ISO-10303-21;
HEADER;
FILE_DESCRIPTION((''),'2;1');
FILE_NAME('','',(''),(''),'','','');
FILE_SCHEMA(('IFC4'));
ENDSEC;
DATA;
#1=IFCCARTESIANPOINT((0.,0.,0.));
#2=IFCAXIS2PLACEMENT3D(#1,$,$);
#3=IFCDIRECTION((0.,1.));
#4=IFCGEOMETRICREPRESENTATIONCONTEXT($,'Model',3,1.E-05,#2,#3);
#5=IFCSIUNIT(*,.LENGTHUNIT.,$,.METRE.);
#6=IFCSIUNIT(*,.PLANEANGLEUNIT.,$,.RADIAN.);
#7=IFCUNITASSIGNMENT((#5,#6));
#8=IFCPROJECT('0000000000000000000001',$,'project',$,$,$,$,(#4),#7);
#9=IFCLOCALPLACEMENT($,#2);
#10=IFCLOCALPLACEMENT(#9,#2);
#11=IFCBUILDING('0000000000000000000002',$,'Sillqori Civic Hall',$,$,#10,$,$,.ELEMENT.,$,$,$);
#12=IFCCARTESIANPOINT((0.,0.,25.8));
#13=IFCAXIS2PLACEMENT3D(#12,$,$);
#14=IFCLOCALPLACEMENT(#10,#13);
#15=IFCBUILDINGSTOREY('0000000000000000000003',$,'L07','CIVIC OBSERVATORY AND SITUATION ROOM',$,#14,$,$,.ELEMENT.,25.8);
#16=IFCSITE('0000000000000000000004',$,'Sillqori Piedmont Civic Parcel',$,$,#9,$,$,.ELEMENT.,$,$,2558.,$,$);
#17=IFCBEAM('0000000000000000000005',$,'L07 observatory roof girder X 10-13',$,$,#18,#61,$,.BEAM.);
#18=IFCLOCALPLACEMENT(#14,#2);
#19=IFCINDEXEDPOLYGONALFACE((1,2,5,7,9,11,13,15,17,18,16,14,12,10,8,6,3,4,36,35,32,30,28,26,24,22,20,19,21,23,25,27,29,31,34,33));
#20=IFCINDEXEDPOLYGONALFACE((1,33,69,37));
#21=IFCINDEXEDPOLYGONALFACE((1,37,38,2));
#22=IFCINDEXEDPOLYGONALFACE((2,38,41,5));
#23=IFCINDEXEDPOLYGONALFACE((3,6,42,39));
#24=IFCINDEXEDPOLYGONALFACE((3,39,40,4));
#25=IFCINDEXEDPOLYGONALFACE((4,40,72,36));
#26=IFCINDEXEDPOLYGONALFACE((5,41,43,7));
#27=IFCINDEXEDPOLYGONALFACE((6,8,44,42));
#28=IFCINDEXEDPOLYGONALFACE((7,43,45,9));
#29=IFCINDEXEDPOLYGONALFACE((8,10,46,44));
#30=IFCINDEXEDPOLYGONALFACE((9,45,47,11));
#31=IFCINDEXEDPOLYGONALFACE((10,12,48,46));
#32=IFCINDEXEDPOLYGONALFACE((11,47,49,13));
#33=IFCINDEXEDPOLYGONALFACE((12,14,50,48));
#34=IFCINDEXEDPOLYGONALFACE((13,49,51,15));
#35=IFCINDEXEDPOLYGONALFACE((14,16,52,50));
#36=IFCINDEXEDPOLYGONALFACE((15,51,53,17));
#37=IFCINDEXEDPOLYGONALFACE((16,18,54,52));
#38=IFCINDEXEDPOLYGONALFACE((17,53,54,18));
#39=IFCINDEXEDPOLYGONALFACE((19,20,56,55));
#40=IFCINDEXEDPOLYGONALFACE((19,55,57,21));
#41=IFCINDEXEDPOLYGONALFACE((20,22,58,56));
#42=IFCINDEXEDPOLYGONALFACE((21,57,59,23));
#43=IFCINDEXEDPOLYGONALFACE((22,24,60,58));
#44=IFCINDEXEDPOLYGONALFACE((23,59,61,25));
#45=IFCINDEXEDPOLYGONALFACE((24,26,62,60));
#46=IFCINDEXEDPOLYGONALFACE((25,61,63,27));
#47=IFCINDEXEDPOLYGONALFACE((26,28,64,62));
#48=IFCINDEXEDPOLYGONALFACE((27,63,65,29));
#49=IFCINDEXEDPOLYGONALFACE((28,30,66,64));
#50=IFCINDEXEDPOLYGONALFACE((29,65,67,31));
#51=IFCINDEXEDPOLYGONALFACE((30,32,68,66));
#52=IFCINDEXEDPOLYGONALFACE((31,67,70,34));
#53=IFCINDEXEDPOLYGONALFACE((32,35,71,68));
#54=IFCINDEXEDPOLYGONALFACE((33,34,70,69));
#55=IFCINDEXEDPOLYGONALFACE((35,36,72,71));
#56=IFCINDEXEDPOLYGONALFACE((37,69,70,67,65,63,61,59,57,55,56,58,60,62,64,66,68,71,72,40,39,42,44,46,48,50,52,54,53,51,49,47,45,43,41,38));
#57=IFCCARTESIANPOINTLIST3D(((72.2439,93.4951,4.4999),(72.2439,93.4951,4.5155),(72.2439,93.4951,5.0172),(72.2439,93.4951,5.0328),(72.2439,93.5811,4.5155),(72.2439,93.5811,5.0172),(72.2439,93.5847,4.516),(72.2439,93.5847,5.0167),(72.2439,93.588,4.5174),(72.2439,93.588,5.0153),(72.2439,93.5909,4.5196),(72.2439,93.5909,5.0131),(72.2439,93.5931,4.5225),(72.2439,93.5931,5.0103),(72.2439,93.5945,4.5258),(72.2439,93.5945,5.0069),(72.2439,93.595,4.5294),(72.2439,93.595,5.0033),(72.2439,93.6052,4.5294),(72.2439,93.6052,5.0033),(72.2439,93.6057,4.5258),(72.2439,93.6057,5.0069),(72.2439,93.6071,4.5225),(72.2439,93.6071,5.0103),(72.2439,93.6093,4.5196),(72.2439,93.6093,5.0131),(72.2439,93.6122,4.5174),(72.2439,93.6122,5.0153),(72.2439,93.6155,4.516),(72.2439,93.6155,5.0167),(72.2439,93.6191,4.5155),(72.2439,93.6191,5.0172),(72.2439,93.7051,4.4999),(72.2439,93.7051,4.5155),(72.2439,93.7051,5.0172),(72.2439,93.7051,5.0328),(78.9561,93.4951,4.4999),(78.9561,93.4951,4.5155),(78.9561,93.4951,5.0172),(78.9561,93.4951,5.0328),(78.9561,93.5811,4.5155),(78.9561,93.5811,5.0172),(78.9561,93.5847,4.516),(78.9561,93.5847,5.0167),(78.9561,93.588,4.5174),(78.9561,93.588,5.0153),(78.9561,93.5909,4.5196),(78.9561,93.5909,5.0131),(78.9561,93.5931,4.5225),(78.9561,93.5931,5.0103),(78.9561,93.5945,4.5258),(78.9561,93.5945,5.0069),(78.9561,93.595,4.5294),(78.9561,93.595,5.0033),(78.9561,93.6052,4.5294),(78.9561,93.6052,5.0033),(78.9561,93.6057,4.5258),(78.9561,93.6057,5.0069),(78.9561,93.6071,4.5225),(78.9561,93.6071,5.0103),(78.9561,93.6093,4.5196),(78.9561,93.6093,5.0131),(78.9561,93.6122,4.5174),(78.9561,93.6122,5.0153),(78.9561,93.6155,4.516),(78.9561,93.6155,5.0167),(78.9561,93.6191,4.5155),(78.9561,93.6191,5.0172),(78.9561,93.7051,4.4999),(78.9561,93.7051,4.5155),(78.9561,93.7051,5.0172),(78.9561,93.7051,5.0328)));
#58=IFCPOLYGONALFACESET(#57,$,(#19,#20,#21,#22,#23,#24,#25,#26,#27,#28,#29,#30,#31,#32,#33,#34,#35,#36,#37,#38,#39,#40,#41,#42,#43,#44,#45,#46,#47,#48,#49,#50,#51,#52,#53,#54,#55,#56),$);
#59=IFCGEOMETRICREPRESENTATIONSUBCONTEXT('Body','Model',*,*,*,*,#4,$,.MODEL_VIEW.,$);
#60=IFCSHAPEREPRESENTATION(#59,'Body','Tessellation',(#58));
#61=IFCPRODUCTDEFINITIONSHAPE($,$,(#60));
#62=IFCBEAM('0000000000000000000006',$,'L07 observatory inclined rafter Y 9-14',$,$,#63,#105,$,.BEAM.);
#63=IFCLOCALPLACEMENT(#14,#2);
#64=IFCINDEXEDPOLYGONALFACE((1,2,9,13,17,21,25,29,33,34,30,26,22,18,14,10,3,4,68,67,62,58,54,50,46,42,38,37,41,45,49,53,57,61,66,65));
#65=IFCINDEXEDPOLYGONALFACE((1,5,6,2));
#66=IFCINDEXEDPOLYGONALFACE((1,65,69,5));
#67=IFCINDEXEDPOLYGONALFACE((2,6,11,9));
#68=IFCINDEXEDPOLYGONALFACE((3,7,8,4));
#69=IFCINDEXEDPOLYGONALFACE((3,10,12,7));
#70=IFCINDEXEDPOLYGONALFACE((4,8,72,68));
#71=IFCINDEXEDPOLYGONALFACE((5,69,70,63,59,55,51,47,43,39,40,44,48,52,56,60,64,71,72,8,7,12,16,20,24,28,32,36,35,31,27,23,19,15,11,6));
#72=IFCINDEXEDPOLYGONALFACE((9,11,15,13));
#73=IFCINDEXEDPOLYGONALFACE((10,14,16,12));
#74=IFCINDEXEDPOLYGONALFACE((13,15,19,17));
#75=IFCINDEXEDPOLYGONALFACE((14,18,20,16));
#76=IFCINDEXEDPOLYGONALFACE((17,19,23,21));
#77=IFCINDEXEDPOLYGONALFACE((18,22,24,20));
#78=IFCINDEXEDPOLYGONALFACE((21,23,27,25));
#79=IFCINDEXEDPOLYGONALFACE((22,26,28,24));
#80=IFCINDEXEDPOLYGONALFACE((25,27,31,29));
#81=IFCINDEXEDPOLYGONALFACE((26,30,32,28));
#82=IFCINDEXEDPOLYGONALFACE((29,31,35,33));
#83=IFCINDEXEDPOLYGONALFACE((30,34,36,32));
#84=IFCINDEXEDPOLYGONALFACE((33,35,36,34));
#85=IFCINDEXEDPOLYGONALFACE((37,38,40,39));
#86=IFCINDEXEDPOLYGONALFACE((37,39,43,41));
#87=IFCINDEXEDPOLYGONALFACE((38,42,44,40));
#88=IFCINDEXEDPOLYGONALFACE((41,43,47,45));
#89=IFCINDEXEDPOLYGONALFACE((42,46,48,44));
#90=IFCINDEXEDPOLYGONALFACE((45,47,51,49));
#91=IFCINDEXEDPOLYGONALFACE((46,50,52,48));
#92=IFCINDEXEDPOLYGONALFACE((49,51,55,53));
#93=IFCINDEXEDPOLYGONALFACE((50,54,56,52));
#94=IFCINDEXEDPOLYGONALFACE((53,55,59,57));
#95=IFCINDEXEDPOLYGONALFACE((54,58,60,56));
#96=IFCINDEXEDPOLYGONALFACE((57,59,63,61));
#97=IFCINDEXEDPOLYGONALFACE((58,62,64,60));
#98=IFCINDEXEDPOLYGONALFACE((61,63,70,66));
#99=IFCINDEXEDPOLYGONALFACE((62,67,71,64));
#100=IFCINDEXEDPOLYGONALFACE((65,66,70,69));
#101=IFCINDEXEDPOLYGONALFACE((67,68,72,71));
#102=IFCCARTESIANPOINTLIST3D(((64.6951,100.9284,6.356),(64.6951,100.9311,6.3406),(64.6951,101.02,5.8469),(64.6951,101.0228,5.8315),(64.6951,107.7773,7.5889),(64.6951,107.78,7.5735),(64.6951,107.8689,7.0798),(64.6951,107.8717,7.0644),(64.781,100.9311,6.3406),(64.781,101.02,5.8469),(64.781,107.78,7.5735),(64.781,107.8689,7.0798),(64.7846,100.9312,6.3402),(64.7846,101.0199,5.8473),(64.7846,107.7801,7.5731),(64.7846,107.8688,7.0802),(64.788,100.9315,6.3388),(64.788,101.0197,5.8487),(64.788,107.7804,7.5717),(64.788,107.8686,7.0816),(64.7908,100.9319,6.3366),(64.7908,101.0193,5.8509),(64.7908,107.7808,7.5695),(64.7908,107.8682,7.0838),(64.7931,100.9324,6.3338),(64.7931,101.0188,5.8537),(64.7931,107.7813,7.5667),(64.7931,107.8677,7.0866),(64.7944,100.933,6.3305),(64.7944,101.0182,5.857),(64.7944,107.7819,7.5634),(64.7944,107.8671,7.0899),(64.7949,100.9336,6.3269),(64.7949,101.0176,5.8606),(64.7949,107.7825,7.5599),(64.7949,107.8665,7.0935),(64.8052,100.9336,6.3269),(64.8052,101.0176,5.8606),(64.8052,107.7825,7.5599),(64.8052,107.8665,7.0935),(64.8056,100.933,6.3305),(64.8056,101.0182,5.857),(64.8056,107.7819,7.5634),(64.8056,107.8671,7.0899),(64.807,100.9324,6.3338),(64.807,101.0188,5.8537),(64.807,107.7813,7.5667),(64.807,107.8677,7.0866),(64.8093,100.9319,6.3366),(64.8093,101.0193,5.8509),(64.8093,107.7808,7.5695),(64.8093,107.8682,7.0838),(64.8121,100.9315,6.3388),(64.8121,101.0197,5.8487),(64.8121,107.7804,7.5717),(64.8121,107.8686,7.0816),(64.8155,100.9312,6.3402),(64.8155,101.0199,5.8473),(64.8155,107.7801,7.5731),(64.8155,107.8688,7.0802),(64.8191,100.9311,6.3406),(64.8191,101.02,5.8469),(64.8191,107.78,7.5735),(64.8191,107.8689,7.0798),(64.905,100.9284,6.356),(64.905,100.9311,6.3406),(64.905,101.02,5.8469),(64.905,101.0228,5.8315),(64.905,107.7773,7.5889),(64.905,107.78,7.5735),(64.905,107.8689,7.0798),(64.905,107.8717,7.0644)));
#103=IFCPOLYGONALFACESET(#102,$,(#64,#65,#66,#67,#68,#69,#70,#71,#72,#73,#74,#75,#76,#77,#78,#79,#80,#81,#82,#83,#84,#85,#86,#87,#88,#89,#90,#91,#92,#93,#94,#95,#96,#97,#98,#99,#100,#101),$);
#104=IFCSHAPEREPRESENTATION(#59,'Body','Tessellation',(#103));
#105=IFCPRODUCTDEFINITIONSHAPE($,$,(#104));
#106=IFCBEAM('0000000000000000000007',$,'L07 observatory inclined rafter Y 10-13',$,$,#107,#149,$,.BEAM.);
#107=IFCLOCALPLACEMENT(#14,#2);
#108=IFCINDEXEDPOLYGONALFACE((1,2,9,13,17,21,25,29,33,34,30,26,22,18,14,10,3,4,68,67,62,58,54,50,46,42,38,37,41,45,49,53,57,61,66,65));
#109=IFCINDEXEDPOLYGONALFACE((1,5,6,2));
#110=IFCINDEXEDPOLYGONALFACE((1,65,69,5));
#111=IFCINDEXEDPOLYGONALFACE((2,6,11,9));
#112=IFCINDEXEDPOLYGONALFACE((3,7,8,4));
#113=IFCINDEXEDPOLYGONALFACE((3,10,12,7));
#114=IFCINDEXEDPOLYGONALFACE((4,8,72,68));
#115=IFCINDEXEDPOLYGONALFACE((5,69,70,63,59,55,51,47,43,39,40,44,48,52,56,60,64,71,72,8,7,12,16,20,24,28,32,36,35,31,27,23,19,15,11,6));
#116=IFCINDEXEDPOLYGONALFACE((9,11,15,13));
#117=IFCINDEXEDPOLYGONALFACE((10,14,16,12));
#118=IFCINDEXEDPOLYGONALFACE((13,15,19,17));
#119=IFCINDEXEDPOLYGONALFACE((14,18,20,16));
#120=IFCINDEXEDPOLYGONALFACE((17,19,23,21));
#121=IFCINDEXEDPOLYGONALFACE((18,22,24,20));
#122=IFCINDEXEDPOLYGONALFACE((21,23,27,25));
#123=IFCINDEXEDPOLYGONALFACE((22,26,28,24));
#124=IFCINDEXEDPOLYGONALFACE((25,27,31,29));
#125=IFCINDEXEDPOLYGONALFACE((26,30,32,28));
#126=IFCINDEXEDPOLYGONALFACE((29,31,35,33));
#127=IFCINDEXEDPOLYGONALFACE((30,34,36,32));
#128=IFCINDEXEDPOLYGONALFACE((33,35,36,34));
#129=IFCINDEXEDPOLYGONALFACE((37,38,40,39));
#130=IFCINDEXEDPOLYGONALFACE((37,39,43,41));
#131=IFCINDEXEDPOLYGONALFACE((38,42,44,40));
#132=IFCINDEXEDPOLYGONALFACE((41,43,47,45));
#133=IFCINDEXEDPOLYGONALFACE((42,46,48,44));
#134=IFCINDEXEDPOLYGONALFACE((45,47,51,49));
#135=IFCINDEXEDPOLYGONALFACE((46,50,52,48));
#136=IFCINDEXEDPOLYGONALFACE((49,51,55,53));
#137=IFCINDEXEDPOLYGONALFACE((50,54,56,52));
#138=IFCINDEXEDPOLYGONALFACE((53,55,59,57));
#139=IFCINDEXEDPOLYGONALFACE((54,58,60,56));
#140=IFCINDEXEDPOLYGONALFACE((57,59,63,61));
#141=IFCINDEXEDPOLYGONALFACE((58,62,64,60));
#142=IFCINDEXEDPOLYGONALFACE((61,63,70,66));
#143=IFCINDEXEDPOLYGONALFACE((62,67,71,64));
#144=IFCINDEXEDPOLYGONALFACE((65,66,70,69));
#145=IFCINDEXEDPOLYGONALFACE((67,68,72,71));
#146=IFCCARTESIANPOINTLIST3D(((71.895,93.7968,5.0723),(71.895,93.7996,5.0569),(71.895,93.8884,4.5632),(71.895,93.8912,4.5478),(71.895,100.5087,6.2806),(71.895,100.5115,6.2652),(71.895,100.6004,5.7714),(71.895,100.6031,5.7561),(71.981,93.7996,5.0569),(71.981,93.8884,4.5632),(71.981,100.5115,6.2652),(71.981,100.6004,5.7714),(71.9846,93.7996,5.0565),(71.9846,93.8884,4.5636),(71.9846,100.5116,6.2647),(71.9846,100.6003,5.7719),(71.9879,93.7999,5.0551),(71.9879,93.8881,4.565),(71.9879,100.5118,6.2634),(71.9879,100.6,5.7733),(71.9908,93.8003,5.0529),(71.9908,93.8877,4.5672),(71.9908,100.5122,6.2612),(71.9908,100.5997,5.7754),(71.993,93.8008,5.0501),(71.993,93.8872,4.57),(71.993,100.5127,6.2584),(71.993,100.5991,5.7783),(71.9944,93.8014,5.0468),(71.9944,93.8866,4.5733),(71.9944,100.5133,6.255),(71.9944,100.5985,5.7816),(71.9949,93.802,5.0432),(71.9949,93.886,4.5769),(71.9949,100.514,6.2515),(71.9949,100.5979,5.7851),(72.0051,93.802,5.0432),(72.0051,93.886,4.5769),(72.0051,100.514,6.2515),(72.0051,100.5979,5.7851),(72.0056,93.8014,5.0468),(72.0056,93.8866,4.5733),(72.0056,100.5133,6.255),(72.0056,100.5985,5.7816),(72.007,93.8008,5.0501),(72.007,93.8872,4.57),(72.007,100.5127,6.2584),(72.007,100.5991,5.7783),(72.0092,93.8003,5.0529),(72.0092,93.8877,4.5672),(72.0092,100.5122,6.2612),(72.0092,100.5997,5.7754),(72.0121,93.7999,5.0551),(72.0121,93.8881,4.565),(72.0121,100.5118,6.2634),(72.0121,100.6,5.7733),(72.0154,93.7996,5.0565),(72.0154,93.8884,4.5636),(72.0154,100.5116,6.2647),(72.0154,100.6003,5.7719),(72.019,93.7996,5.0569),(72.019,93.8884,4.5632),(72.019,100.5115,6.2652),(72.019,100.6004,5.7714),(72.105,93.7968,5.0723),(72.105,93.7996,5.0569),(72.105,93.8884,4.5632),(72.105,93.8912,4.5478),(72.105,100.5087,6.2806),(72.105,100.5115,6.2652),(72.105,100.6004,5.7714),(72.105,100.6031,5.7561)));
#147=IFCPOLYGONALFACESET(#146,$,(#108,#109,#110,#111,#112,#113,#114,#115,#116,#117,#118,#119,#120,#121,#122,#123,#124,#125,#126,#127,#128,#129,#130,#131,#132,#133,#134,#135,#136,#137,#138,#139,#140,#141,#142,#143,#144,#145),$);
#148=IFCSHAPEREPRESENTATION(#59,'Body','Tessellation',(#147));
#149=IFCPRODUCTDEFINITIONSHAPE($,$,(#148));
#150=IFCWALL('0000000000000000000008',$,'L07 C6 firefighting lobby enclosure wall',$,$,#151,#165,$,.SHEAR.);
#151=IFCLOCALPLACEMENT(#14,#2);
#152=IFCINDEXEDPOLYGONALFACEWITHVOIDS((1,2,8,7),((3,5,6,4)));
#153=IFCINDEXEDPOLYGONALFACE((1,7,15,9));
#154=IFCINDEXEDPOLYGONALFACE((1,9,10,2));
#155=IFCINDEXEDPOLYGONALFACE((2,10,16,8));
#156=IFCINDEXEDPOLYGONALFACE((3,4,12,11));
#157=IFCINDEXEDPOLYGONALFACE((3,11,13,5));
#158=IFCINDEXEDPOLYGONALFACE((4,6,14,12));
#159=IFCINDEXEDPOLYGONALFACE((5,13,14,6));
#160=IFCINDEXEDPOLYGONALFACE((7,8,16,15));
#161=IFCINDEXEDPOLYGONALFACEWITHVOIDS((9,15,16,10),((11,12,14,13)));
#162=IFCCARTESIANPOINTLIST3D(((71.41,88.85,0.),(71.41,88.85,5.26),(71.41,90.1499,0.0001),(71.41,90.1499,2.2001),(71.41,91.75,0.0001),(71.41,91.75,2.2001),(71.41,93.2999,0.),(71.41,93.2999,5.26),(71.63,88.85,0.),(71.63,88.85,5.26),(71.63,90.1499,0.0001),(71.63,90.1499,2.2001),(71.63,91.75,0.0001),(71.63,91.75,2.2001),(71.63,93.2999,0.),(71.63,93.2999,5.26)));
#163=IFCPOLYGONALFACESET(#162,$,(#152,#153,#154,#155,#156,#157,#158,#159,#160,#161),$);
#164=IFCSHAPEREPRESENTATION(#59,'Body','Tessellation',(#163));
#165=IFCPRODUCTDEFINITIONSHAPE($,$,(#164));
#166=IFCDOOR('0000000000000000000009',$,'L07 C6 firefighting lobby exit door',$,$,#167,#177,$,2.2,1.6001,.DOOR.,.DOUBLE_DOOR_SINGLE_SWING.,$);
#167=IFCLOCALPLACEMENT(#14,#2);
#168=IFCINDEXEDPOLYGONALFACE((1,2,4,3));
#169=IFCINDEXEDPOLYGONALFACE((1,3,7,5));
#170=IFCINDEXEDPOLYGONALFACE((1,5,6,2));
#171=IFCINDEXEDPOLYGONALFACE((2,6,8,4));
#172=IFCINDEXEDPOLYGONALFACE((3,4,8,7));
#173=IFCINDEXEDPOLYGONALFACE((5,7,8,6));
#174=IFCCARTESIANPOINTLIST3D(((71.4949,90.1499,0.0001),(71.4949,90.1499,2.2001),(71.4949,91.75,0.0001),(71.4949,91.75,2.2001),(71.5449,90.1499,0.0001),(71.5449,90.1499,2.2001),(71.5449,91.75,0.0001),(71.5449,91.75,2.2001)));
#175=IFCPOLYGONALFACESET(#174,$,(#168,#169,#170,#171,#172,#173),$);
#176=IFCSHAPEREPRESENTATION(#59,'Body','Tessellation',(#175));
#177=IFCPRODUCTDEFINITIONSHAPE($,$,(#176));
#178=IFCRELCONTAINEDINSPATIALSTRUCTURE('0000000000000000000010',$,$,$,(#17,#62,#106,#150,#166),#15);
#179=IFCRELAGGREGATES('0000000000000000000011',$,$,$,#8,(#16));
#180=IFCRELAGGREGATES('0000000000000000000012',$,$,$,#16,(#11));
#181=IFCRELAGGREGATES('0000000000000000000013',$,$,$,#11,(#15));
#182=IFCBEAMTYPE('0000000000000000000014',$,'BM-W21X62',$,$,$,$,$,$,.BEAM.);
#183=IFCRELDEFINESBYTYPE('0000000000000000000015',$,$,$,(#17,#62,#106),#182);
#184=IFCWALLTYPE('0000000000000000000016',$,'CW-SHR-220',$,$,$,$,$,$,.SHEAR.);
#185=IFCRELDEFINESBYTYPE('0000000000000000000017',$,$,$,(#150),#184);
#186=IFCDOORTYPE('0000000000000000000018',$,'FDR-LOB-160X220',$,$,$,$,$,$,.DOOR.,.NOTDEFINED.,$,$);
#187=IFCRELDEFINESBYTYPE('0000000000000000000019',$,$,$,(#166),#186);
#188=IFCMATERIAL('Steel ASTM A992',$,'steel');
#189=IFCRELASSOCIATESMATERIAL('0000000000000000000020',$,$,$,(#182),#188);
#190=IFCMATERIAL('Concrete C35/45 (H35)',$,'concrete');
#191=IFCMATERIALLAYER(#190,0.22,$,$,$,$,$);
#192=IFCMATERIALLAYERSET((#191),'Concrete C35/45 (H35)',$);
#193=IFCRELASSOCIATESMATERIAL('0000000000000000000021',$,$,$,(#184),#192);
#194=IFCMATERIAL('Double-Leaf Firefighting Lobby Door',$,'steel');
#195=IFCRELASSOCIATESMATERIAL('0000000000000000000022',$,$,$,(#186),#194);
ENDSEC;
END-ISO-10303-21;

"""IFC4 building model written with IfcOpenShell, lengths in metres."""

from ifc_helpers import new_model, si_unit, direction, frame, frame_2d, origin, origin_2d, place, context, subcontext, project, spatial, rectangle, i_section, extrude, material, layer, layer_set, material_profile, profile_set, type_object, element, fill, save


model = new_model("IFC4")

# Units and contexts
model_context = context("Model", 3, precision=1e-05, world=origin(), true_north=direction((0.0, 1.0)))
body_context = subcontext(model_context, "Body", "Model", "MODEL_VIEW")
ifc_project = project(units=[si_unit("LENGTHUNIT", "METRE"), si_unit("PLANEANGLEUNIT", "RADIAN")], contexts=[model_context])

# Site, building, storey
site_placement = place(None, origin())
site = spatial("IfcSite", under=ifc_project, at=site_placement, Name="Sillqori Piedmont Civic Parcel", CompositionType="ELEMENT", RefElevation=2558.0)
building_placement = place(site_placement, origin())
building = spatial("IfcBuilding", under=site, at=building_placement, Name="Sillqori Civic Hall", CompositionType="ELEMENT")
storey_placement = place(building_placement, frame((0.0, 0.0, 25.8)))
storey = spatial("IfcBuildingStorey", under=building, at=storey_placement, Name="L07", Description="CIVIC OBSERVATORY AND SITUATION ROOM", CompositionType="ELEMENT", Elevation=25.8)

# Shared definitions
ifc_material_1 = material(Name="Concrete C35/45 (H35)", Category="concrete")
ifc_material_2 = material(Name="Steel ASTM A992", Category="steel")

# Beams
ifc_material_profile_1 = material_profile(ifc_material_2, i_section(OverallWidth=0.21, OverallDepth=0.533, WebThickness=0.0103, FlangeThickness=0.0156, FilletRadius=0.0139, at=origin_2d()), Name="W21X62")
ifc_profile_set_1 = profile_set([ifc_material_profile_1], Name="Steel ASTM A992")
beam_type = type_object("IfcBeamType", Name="BM-W21X62", PredefinedType="BEAM", material=ifc_profile_set_1)
beam_1_placement = place(storey_placement, frame((72.2439, 93.6001, 4.7664), z_axis=(1.0, 0.0, 0.0), x_axis=(0.0, 1.0, 0.0)))
element("IfcBeam", 1, at=beam_1_placement, inside=storey, type_object=beam_type, Name="L07 observatory roof girder X 10-13", PredefinedType="BEAM", context=body_context, shape_type="SweptSolid", body=[
    extrude(i_section(OverallWidth=0.21, OverallDepth=0.533, WebThickness=0.0103, FlangeThickness=0.0156, FilletRadius=0.0139, at=origin_2d()), origin(), (0.0, 0.0, 1.0), 6.7122),
])
beam_2_placement = place(storey_placement, frame((64.8, 100.9756, 6.0938), z_axis=(0.0, 0.984181, 0.177169), x_axis=(-1.0, 0.0, 0.0)))
element("IfcBeam", 2, at=beam_2_placement, inside=storey, type_object=beam_type, Name="L07 observatory inclined rafter Y 9-14", PredefinedType="BEAM", context=body_context, shape_type="SweptSolid", body=[
    extrude(i_section(OverallWidth=0.21, OverallDepth=0.533, WebThickness=0.0103, FlangeThickness=0.0156, FilletRadius=0.0139, at=origin_2d()), origin(), (0.0, 0.0, 1.0), 6.959),
])
beam_3_placement = place(storey_placement, frame((72.0, 93.844, 4.8101), z_axis=(0.0, 0.984181, 0.177168), x_axis=(-1.0, 0.0, 0.0)))
element("IfcBeam", 3, at=beam_3_placement, inside=storey, type_object=beam_type, Name="L07 observatory inclined rafter Y 10-13", PredefinedType="BEAM", context=body_context, shape_type="SweptSolid", body=[
    extrude(i_section(OverallWidth=0.21, OverallDepth=0.533, WebThickness=0.0103, FlangeThickness=0.0156, FilletRadius=0.0139, at=origin_2d()), origin(), (0.0, 0.0, 1.0), 6.8198),
])

# Wall, opening, door
ifc_layer_1 = layer(ifc_material_1, 0.22)
ifc_layer_set_1 = layer_set([ifc_layer_1], Name="Concrete C35/45 (H35)")
wall_type_1 = type_object("IfcWallType", Name="CW-SHR-220", PredefinedType="SHEAR", material=ifc_layer_set_1)
wall_1_placement = place(storey_placement, frame((71.52, 93.3, 0.0), z_axis=(0.0, 0.0, 1.0), x_axis=(0.0, -1.0, 0.0)))
wall_1 = element("IfcWall", 4, at=wall_1_placement, inside=storey, type_object=wall_type_1, Name="L07 C6 firefighting lobby enclosure wall", PredefinedType="SHEAR", context=body_context, shape_type="SweptSolid", body=[
    extrude(rectangle(XDim=4.45, YDim=0.22, at=frame_2d((2.2251, 0.0))), origin(), (0.0, 0.0, 1.0), 5.26),
])
opening_1_placement = place(wall_1_placement, frame((1.55, 0.0, 0.0)))
opening_1 = element("IfcOpeningElement", 5, at=opening_1_placement, cuts=wall_1, PredefinedType="OPENING", context=body_context, shape_type="SweptSolid", body=[
    extrude(rectangle(XDim=1.6001, YDim=2.2, at=frame_2d((0.8, 1.1001))), frame((0.0, 0.1199, 0.0), z_axis=(0.0, -1.0, 0.0), x_axis=(1.0, 0.0, 0.0)), (0.0, 0.0, 1.0), 0.24),
])
ifc_material_3 = material(Name="Double-Leaf Firefighting Lobby Door", Category="steel")
door_type_1 = type_object("IfcDoorType", Name="FDR-LOB-160X220", OperationType="NOTDEFINED", PredefinedType="DOOR", material=ifc_material_3)
door_1_placement = place(opening_1_placement, origin())
door_1 = element("IfcDoor", 6, at=door_1_placement, inside=storey, type_object=door_type_1, Name="L07 C6 firefighting lobby exit door", OperationType="DOUBLE_DOOR_SINGLE_SWING", OverallHeight=2.2, OverallWidth=1.6001, PredefinedType="DOOR", context=body_context, shape_type="SweptSolid", body=[
    extrude(rectangle(XDim=1.6001, YDim=2.2, at=frame_2d((0.8, 1.1001))), frame((0.0, 0.0249, 0.0), z_axis=(0.0, -1.0, 0.0), x_axis=(1.0, 0.0, 0.0)), (0.0, 0.0, 1.0), 0.05),
])
fill(opening_1, door_1)

save(model, "model.ifc")
